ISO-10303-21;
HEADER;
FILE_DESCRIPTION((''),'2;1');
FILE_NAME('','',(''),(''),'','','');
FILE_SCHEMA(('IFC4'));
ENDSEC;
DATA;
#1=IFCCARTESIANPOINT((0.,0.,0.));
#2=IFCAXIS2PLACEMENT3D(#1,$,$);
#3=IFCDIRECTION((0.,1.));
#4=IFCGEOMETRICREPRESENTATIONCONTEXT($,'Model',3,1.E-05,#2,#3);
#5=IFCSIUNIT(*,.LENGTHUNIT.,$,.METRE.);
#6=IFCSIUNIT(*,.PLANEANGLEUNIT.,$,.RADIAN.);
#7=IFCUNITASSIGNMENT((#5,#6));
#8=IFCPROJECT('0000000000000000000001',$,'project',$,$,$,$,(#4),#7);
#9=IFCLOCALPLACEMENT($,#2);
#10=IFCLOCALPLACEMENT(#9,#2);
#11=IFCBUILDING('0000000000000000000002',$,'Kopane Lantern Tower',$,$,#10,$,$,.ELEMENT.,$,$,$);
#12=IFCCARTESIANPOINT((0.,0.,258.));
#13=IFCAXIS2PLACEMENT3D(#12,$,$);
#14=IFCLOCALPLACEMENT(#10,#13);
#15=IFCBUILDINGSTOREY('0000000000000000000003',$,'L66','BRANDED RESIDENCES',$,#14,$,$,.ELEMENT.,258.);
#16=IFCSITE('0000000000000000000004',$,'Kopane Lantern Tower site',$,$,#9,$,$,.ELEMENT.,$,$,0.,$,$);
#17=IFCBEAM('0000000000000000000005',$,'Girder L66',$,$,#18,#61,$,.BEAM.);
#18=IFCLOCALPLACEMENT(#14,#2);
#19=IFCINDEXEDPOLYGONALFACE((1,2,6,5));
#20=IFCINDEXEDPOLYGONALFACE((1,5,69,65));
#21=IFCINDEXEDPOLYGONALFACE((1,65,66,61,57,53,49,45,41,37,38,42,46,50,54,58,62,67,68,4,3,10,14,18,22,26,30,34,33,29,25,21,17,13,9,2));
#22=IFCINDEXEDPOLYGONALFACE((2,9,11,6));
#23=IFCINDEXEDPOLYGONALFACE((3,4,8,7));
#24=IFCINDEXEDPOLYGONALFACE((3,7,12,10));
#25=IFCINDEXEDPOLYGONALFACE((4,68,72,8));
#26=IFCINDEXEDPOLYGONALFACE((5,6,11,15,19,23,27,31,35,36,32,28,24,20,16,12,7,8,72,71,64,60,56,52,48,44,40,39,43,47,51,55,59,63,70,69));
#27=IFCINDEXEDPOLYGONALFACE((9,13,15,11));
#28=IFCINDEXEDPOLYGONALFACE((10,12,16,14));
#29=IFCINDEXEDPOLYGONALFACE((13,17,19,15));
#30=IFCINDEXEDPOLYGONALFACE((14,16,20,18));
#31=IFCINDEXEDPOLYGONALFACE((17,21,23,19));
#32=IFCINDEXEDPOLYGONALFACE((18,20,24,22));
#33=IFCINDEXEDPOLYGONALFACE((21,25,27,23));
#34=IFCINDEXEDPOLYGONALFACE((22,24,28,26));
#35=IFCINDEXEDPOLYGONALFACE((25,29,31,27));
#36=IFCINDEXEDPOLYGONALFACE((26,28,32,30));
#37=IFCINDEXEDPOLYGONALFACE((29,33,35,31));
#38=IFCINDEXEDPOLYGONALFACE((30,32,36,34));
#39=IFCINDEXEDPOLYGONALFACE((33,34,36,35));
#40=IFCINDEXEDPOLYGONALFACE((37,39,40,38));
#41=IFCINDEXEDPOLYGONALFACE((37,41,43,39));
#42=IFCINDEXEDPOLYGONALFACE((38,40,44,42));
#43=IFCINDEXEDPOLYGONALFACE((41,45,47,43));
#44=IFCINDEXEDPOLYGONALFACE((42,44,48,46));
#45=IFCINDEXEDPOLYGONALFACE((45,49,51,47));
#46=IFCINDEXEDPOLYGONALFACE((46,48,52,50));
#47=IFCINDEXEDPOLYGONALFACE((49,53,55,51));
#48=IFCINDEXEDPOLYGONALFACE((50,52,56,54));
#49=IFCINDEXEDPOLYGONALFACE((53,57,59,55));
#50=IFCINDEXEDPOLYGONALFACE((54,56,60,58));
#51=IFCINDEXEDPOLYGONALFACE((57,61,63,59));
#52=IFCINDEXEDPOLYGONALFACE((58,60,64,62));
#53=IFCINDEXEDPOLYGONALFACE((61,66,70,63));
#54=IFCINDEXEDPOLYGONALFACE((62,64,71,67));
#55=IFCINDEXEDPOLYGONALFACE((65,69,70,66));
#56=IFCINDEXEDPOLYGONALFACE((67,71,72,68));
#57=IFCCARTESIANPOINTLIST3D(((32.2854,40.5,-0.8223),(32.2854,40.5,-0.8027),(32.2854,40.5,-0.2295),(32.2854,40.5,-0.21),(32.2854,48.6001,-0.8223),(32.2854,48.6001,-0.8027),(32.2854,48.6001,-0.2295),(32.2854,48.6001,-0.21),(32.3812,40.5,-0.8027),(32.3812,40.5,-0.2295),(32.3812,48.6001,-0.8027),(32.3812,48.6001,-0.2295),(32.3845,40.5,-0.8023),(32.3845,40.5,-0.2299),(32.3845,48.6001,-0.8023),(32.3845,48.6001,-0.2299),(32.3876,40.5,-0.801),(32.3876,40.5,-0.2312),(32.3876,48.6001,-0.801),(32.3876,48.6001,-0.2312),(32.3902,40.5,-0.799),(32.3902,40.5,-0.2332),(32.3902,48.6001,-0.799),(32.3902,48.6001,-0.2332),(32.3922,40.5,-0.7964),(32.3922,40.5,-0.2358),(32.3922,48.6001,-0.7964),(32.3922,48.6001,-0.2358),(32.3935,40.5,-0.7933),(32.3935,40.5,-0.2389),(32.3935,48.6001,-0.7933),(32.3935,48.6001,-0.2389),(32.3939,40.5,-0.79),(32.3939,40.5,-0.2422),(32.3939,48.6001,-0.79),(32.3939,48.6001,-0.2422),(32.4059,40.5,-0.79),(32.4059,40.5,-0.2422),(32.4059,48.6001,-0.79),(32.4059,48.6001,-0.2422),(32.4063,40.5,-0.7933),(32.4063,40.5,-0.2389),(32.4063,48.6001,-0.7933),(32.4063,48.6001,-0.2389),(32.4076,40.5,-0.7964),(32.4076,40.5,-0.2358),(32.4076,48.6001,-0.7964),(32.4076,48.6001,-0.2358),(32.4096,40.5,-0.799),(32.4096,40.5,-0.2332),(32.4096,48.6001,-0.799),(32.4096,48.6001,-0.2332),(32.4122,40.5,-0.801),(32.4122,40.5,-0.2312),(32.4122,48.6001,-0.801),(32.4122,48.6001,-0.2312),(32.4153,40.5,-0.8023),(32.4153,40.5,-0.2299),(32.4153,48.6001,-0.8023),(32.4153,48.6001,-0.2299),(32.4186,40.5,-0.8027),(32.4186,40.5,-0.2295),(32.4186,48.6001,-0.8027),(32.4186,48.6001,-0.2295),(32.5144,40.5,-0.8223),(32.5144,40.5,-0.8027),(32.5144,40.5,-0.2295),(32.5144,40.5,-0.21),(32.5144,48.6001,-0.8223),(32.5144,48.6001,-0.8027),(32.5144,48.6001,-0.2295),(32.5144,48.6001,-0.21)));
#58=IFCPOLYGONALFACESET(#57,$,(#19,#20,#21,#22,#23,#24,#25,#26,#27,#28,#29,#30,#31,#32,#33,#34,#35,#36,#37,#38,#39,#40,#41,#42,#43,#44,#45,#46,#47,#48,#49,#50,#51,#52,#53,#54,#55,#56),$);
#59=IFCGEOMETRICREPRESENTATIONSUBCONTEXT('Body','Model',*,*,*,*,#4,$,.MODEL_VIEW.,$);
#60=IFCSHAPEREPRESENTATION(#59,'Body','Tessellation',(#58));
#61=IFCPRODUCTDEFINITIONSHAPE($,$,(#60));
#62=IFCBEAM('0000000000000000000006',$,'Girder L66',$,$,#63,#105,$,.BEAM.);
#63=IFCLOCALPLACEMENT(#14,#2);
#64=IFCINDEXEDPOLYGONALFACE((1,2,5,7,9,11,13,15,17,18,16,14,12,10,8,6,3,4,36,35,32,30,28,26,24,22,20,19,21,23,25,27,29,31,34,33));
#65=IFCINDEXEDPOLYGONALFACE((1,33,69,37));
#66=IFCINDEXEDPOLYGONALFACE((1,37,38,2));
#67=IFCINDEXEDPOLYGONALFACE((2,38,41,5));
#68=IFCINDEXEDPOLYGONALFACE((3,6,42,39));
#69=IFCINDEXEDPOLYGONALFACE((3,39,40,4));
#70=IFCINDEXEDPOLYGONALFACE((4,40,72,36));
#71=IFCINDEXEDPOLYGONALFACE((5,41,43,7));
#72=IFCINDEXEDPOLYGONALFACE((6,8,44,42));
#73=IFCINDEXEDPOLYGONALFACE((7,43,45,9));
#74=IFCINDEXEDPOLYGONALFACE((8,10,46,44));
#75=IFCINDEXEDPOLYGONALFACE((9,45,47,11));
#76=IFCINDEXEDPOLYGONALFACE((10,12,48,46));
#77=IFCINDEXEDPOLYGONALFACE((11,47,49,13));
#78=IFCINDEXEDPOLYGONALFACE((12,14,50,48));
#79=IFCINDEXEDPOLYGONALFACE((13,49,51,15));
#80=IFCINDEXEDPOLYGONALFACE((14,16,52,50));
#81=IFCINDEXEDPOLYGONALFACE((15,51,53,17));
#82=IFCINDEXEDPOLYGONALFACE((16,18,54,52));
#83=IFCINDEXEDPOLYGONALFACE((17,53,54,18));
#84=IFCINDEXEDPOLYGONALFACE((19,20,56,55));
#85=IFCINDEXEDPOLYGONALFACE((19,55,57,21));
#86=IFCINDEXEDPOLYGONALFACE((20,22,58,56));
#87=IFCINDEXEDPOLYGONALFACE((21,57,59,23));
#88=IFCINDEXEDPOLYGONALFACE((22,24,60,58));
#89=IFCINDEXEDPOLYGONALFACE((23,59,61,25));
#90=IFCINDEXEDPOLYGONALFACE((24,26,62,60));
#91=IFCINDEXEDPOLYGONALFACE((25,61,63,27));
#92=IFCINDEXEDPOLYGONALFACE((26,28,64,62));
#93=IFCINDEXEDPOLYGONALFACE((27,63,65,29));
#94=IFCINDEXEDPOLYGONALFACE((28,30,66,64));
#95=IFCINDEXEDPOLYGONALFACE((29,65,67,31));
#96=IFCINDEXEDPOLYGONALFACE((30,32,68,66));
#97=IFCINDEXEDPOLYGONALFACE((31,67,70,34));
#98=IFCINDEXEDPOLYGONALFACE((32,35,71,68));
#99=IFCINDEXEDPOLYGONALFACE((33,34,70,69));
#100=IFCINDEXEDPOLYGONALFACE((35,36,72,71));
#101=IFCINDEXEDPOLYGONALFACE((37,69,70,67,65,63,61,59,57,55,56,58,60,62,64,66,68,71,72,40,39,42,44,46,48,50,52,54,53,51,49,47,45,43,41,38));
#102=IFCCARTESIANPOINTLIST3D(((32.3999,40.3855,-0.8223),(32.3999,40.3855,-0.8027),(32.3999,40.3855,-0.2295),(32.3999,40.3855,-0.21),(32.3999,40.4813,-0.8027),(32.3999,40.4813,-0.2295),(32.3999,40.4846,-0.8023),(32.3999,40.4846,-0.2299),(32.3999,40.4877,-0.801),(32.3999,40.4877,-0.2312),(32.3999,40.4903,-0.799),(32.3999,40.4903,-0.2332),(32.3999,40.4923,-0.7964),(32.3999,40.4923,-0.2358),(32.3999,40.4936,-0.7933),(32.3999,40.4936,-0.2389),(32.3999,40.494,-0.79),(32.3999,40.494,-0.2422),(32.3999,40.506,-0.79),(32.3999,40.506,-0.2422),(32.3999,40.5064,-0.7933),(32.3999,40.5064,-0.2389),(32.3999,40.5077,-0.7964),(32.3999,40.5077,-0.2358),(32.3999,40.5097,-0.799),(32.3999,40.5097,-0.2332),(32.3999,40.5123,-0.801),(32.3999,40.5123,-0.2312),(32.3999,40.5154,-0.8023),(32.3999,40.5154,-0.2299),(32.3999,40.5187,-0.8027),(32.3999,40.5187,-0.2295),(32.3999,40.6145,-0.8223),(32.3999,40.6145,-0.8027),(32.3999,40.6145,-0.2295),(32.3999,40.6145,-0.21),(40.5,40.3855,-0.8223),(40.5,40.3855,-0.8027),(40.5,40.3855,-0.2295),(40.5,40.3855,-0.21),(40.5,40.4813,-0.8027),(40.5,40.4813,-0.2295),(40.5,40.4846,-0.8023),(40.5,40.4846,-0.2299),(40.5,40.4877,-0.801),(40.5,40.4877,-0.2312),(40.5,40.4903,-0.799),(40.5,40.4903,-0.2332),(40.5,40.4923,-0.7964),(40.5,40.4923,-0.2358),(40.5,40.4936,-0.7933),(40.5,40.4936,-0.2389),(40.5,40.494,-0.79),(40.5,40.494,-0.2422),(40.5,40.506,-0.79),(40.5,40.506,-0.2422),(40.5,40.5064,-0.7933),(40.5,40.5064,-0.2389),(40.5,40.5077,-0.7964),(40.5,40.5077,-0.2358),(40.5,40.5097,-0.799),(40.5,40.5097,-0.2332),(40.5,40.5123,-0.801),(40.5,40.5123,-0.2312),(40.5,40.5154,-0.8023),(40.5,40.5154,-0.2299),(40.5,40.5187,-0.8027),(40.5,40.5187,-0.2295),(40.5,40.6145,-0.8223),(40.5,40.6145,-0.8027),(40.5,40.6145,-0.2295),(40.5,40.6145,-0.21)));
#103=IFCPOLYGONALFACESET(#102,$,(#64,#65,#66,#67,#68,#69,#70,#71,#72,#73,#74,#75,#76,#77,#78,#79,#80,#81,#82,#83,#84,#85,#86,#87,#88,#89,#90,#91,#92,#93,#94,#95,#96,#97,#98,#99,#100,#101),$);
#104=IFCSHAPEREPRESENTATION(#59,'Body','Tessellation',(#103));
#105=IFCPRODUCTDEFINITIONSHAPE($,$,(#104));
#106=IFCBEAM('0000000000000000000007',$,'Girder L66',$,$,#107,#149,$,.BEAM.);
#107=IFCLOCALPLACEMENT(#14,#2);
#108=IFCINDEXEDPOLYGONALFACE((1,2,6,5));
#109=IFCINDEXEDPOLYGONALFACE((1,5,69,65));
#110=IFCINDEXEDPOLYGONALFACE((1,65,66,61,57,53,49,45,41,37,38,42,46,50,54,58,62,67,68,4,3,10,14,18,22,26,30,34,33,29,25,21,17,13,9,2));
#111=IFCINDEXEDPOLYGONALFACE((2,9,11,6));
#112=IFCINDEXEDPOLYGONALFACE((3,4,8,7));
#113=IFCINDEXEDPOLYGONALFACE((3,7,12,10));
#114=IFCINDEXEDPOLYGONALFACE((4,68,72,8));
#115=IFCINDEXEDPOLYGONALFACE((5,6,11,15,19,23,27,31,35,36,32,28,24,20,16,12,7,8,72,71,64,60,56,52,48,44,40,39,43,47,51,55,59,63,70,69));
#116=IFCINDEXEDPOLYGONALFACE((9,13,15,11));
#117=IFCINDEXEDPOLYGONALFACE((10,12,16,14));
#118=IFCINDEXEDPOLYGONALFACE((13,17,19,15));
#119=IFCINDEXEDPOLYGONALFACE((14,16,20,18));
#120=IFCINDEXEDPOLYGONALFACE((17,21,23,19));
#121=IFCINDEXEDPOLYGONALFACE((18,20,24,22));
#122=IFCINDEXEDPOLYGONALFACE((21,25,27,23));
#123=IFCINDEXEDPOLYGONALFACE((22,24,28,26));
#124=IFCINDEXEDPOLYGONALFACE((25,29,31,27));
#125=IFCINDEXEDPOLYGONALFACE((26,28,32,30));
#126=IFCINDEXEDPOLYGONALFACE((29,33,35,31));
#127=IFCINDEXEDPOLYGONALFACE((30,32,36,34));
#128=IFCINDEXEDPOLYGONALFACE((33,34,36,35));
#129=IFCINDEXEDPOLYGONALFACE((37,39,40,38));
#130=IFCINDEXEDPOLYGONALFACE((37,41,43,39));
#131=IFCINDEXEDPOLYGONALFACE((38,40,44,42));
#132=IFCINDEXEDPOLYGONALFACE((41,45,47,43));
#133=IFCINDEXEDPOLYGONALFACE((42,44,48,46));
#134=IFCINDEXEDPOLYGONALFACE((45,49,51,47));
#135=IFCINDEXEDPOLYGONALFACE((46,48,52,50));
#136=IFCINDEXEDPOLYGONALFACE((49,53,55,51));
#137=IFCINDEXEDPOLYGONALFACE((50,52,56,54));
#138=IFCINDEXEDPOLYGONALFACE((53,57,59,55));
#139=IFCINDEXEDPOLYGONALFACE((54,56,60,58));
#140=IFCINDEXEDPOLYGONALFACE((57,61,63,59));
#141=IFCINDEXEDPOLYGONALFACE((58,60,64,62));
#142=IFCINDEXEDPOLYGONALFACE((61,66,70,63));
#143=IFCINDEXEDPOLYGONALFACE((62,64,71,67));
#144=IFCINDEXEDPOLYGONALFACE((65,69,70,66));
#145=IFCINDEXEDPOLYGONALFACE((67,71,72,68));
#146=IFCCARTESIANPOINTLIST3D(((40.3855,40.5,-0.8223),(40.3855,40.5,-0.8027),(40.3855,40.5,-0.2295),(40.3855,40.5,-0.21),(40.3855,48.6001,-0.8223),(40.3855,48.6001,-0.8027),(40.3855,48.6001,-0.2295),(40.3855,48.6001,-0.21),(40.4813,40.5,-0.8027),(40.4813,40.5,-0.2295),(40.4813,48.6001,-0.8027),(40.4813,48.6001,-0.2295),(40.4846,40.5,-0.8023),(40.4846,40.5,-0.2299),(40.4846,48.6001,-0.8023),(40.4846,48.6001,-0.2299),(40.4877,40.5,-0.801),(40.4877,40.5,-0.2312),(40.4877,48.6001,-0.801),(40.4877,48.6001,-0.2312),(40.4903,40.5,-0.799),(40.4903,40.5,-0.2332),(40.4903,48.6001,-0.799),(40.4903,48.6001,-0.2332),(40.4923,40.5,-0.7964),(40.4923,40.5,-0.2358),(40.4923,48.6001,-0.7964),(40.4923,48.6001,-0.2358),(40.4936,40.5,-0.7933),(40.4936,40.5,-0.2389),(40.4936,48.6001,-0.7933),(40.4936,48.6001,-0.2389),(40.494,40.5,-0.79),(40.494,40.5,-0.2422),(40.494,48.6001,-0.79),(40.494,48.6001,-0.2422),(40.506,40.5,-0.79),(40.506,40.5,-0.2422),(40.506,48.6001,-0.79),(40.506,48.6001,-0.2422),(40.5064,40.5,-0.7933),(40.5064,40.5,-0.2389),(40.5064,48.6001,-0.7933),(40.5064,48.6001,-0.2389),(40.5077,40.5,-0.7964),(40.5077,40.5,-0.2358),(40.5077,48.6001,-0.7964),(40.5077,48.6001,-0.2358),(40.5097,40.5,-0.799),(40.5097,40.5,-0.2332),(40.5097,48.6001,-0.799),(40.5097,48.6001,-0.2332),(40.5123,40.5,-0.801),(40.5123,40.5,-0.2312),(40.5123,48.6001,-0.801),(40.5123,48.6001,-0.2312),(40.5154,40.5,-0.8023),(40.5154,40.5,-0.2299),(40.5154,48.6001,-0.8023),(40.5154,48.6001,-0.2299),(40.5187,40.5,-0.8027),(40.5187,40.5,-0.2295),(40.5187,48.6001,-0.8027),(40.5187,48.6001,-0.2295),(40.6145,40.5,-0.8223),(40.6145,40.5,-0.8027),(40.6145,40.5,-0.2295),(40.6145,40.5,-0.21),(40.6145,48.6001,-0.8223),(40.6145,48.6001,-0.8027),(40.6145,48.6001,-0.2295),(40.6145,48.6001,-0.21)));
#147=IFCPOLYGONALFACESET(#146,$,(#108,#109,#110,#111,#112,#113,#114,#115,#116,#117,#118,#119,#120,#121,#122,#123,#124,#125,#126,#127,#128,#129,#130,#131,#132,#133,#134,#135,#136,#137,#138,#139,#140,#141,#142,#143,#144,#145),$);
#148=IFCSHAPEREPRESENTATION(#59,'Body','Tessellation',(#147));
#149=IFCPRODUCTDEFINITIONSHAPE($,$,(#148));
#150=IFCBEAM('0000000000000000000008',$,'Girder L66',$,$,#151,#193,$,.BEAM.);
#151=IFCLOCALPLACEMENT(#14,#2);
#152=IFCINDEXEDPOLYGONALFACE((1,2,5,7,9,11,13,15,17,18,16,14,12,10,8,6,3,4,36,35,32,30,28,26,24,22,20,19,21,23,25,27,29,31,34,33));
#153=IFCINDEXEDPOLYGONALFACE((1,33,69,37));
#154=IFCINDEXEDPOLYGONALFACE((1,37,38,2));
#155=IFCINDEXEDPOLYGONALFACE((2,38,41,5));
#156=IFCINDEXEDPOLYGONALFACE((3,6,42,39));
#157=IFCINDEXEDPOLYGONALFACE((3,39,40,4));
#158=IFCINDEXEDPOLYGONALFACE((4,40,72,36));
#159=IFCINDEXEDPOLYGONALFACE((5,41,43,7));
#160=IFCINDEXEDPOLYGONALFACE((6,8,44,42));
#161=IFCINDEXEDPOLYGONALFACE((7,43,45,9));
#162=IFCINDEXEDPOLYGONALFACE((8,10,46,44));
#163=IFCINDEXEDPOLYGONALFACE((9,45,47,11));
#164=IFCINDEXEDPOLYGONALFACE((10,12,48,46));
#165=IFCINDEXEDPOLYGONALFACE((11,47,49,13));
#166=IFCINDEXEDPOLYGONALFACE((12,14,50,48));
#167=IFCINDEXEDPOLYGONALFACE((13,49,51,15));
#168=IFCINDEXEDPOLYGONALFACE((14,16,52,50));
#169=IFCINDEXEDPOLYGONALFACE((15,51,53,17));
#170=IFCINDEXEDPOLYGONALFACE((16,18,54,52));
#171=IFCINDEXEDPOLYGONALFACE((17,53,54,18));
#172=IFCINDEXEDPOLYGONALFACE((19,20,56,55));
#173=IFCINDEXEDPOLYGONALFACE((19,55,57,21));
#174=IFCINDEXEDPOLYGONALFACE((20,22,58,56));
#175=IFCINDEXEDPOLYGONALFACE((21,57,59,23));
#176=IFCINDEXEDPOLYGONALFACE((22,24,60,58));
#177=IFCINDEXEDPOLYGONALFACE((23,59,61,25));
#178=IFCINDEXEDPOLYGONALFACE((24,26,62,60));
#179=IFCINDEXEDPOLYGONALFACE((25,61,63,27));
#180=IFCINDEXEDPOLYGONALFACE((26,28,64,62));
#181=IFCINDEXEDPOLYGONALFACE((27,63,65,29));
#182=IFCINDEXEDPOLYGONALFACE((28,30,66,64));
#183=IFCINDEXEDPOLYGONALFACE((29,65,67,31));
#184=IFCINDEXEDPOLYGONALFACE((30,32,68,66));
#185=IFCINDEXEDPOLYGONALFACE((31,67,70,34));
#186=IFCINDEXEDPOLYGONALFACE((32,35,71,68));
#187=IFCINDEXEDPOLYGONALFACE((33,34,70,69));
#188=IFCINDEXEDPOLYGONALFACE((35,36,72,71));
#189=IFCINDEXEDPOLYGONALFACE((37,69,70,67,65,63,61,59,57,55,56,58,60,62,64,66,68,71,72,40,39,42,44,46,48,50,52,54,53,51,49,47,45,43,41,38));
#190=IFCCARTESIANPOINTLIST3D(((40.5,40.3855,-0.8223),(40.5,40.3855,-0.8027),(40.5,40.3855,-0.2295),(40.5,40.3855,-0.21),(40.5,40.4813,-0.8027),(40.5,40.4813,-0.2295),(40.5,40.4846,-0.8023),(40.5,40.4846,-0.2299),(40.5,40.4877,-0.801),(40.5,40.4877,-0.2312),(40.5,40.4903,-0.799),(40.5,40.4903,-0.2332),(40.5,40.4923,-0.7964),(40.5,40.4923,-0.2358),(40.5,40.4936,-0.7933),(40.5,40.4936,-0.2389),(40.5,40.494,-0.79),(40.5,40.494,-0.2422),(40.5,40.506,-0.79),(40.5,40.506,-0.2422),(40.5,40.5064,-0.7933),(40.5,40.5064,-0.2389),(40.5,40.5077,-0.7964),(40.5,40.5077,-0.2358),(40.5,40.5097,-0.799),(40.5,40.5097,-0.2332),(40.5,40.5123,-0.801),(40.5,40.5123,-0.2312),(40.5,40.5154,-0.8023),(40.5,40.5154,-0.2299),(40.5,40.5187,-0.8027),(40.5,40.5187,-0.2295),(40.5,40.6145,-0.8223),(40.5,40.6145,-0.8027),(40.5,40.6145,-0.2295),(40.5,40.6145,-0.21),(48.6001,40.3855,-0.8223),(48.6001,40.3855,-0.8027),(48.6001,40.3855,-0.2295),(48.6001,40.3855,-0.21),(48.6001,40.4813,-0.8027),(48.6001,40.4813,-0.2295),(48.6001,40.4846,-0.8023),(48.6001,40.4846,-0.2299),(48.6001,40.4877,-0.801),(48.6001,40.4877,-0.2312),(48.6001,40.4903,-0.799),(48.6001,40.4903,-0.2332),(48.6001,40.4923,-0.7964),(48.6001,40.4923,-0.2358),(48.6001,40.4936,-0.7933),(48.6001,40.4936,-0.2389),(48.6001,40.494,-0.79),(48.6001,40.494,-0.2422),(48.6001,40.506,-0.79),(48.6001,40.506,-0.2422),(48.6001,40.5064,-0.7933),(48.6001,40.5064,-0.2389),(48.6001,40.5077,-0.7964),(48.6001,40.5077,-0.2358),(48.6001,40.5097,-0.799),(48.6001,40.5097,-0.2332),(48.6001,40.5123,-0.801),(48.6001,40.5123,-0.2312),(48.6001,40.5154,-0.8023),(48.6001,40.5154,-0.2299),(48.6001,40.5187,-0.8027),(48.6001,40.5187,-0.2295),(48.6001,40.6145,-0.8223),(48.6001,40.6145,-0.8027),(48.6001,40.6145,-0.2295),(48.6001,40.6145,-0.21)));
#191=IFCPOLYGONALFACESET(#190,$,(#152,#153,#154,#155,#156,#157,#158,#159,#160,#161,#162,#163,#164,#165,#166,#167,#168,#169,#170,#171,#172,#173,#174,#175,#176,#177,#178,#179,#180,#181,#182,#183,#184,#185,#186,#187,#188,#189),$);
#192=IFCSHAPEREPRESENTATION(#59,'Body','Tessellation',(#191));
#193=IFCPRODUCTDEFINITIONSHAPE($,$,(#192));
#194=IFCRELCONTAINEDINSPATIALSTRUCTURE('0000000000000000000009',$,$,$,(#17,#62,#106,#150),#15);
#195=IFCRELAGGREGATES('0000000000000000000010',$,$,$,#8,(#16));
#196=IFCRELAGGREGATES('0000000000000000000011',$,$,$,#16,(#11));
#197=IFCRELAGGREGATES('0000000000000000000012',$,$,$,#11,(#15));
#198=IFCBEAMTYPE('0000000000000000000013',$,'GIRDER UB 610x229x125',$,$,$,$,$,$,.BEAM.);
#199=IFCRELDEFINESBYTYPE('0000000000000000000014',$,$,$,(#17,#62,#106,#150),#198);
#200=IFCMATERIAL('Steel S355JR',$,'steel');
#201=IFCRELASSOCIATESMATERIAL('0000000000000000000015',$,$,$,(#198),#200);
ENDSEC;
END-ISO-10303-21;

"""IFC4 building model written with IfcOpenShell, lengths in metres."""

from ifc_helpers import new_model, si_unit, direction, frame, origin, origin_2d, place, context, subcontext, project, spatial, i_section, extrude, material, material_profile, profile_set, type_object, element, save


model = new_model("IFC4")

# Units and contexts
model_context = context("Model", 3, precision=1e-05, world=origin(), true_north=direction((0.0, 1.0)))
body_context = subcontext(model_context, "Body", "Model", "MODEL_VIEW")
ifc_project = project(units=[si_unit("LENGTHUNIT", "METRE"), si_unit("PLANEANGLEUNIT", "RADIAN")], contexts=[model_context])

# Site, building, storey
site_placement = place(None, origin())
site = spatial("IfcSite", under=ifc_project, at=site_placement, Name="Kopane Lantern Tower site", CompositionType="ELEMENT", RefElevation=0.0)
building_placement = place(site_placement, origin())
building = spatial("IfcBuilding", under=site, at=building_placement, Name="Kopane Lantern Tower", CompositionType="ELEMENT")
storey_placement = place(building_placement, frame((0.0, 0.0, 258.0)))
storey = spatial("IfcBuildingStorey", under=building, at=storey_placement, Name="L66", Description="BRANDED RESIDENCES", CompositionType="ELEMENT", Elevation=258.0)

# Beams
ifc_material_1 = material(Name="Steel S355JR", Category="steel")
ifc_material_profile_1 = material_profile(ifc_material_1, i_section(OverallWidth=0.229, OverallDepth=0.6123, WebThickness=0.012, FlangeThickness=0.0195, FilletRadius=0.0127, at=origin_2d()), Name="UB 610x229x125")
ifc_profile_set_1 = profile_set([ifc_material_profile_1], Name="Steel S355JR")
beam_type = type_object("IfcBeamType", Name="GIRDER UB 610x229x125", PredefinedType="BEAM", material=ifc_profile_set_1)
for number, where, z_axis, x_axis, name in (
    (1, (32.3999, 40.5, -0.5161), (0.0, 1.0, 0.0), (-1.0, 0.0, 0.0), "Girder L66"),
    (2, (32.3999, 40.5, -0.5161), (1.0, 0.0, 0.0), (0.0, 1.0, 0.0), "Girder L66"),
    (3, (40.5, 40.5, -0.5161), (0.0, 1.0, 0.0), (-1.0, 0.0, 0.0), "Girder L66"),
    (4, (40.5, 40.5, -0.5161), (1.0, 0.0, 0.0), (0.0, 1.0, 0.0), "Girder L66"),
):
    element("IfcBeam", number, at=place(storey_placement, frame(where, z_axis=z_axis, x_axis=x_axis)), inside=storey, type_object=beam_type, Name=name, PredefinedType="BEAM", context=body_context, shape_type="SweptSolid", body=[
        extrude(i_section(OverallWidth=0.229, OverallDepth=0.6123, WebThickness=0.012, FlangeThickness=0.0195, FilletRadius=0.0127, at=origin_2d()), origin(), (0.0, 0.0, 1.0), 8.1001),
    ])

save(model, "model.ifc")
